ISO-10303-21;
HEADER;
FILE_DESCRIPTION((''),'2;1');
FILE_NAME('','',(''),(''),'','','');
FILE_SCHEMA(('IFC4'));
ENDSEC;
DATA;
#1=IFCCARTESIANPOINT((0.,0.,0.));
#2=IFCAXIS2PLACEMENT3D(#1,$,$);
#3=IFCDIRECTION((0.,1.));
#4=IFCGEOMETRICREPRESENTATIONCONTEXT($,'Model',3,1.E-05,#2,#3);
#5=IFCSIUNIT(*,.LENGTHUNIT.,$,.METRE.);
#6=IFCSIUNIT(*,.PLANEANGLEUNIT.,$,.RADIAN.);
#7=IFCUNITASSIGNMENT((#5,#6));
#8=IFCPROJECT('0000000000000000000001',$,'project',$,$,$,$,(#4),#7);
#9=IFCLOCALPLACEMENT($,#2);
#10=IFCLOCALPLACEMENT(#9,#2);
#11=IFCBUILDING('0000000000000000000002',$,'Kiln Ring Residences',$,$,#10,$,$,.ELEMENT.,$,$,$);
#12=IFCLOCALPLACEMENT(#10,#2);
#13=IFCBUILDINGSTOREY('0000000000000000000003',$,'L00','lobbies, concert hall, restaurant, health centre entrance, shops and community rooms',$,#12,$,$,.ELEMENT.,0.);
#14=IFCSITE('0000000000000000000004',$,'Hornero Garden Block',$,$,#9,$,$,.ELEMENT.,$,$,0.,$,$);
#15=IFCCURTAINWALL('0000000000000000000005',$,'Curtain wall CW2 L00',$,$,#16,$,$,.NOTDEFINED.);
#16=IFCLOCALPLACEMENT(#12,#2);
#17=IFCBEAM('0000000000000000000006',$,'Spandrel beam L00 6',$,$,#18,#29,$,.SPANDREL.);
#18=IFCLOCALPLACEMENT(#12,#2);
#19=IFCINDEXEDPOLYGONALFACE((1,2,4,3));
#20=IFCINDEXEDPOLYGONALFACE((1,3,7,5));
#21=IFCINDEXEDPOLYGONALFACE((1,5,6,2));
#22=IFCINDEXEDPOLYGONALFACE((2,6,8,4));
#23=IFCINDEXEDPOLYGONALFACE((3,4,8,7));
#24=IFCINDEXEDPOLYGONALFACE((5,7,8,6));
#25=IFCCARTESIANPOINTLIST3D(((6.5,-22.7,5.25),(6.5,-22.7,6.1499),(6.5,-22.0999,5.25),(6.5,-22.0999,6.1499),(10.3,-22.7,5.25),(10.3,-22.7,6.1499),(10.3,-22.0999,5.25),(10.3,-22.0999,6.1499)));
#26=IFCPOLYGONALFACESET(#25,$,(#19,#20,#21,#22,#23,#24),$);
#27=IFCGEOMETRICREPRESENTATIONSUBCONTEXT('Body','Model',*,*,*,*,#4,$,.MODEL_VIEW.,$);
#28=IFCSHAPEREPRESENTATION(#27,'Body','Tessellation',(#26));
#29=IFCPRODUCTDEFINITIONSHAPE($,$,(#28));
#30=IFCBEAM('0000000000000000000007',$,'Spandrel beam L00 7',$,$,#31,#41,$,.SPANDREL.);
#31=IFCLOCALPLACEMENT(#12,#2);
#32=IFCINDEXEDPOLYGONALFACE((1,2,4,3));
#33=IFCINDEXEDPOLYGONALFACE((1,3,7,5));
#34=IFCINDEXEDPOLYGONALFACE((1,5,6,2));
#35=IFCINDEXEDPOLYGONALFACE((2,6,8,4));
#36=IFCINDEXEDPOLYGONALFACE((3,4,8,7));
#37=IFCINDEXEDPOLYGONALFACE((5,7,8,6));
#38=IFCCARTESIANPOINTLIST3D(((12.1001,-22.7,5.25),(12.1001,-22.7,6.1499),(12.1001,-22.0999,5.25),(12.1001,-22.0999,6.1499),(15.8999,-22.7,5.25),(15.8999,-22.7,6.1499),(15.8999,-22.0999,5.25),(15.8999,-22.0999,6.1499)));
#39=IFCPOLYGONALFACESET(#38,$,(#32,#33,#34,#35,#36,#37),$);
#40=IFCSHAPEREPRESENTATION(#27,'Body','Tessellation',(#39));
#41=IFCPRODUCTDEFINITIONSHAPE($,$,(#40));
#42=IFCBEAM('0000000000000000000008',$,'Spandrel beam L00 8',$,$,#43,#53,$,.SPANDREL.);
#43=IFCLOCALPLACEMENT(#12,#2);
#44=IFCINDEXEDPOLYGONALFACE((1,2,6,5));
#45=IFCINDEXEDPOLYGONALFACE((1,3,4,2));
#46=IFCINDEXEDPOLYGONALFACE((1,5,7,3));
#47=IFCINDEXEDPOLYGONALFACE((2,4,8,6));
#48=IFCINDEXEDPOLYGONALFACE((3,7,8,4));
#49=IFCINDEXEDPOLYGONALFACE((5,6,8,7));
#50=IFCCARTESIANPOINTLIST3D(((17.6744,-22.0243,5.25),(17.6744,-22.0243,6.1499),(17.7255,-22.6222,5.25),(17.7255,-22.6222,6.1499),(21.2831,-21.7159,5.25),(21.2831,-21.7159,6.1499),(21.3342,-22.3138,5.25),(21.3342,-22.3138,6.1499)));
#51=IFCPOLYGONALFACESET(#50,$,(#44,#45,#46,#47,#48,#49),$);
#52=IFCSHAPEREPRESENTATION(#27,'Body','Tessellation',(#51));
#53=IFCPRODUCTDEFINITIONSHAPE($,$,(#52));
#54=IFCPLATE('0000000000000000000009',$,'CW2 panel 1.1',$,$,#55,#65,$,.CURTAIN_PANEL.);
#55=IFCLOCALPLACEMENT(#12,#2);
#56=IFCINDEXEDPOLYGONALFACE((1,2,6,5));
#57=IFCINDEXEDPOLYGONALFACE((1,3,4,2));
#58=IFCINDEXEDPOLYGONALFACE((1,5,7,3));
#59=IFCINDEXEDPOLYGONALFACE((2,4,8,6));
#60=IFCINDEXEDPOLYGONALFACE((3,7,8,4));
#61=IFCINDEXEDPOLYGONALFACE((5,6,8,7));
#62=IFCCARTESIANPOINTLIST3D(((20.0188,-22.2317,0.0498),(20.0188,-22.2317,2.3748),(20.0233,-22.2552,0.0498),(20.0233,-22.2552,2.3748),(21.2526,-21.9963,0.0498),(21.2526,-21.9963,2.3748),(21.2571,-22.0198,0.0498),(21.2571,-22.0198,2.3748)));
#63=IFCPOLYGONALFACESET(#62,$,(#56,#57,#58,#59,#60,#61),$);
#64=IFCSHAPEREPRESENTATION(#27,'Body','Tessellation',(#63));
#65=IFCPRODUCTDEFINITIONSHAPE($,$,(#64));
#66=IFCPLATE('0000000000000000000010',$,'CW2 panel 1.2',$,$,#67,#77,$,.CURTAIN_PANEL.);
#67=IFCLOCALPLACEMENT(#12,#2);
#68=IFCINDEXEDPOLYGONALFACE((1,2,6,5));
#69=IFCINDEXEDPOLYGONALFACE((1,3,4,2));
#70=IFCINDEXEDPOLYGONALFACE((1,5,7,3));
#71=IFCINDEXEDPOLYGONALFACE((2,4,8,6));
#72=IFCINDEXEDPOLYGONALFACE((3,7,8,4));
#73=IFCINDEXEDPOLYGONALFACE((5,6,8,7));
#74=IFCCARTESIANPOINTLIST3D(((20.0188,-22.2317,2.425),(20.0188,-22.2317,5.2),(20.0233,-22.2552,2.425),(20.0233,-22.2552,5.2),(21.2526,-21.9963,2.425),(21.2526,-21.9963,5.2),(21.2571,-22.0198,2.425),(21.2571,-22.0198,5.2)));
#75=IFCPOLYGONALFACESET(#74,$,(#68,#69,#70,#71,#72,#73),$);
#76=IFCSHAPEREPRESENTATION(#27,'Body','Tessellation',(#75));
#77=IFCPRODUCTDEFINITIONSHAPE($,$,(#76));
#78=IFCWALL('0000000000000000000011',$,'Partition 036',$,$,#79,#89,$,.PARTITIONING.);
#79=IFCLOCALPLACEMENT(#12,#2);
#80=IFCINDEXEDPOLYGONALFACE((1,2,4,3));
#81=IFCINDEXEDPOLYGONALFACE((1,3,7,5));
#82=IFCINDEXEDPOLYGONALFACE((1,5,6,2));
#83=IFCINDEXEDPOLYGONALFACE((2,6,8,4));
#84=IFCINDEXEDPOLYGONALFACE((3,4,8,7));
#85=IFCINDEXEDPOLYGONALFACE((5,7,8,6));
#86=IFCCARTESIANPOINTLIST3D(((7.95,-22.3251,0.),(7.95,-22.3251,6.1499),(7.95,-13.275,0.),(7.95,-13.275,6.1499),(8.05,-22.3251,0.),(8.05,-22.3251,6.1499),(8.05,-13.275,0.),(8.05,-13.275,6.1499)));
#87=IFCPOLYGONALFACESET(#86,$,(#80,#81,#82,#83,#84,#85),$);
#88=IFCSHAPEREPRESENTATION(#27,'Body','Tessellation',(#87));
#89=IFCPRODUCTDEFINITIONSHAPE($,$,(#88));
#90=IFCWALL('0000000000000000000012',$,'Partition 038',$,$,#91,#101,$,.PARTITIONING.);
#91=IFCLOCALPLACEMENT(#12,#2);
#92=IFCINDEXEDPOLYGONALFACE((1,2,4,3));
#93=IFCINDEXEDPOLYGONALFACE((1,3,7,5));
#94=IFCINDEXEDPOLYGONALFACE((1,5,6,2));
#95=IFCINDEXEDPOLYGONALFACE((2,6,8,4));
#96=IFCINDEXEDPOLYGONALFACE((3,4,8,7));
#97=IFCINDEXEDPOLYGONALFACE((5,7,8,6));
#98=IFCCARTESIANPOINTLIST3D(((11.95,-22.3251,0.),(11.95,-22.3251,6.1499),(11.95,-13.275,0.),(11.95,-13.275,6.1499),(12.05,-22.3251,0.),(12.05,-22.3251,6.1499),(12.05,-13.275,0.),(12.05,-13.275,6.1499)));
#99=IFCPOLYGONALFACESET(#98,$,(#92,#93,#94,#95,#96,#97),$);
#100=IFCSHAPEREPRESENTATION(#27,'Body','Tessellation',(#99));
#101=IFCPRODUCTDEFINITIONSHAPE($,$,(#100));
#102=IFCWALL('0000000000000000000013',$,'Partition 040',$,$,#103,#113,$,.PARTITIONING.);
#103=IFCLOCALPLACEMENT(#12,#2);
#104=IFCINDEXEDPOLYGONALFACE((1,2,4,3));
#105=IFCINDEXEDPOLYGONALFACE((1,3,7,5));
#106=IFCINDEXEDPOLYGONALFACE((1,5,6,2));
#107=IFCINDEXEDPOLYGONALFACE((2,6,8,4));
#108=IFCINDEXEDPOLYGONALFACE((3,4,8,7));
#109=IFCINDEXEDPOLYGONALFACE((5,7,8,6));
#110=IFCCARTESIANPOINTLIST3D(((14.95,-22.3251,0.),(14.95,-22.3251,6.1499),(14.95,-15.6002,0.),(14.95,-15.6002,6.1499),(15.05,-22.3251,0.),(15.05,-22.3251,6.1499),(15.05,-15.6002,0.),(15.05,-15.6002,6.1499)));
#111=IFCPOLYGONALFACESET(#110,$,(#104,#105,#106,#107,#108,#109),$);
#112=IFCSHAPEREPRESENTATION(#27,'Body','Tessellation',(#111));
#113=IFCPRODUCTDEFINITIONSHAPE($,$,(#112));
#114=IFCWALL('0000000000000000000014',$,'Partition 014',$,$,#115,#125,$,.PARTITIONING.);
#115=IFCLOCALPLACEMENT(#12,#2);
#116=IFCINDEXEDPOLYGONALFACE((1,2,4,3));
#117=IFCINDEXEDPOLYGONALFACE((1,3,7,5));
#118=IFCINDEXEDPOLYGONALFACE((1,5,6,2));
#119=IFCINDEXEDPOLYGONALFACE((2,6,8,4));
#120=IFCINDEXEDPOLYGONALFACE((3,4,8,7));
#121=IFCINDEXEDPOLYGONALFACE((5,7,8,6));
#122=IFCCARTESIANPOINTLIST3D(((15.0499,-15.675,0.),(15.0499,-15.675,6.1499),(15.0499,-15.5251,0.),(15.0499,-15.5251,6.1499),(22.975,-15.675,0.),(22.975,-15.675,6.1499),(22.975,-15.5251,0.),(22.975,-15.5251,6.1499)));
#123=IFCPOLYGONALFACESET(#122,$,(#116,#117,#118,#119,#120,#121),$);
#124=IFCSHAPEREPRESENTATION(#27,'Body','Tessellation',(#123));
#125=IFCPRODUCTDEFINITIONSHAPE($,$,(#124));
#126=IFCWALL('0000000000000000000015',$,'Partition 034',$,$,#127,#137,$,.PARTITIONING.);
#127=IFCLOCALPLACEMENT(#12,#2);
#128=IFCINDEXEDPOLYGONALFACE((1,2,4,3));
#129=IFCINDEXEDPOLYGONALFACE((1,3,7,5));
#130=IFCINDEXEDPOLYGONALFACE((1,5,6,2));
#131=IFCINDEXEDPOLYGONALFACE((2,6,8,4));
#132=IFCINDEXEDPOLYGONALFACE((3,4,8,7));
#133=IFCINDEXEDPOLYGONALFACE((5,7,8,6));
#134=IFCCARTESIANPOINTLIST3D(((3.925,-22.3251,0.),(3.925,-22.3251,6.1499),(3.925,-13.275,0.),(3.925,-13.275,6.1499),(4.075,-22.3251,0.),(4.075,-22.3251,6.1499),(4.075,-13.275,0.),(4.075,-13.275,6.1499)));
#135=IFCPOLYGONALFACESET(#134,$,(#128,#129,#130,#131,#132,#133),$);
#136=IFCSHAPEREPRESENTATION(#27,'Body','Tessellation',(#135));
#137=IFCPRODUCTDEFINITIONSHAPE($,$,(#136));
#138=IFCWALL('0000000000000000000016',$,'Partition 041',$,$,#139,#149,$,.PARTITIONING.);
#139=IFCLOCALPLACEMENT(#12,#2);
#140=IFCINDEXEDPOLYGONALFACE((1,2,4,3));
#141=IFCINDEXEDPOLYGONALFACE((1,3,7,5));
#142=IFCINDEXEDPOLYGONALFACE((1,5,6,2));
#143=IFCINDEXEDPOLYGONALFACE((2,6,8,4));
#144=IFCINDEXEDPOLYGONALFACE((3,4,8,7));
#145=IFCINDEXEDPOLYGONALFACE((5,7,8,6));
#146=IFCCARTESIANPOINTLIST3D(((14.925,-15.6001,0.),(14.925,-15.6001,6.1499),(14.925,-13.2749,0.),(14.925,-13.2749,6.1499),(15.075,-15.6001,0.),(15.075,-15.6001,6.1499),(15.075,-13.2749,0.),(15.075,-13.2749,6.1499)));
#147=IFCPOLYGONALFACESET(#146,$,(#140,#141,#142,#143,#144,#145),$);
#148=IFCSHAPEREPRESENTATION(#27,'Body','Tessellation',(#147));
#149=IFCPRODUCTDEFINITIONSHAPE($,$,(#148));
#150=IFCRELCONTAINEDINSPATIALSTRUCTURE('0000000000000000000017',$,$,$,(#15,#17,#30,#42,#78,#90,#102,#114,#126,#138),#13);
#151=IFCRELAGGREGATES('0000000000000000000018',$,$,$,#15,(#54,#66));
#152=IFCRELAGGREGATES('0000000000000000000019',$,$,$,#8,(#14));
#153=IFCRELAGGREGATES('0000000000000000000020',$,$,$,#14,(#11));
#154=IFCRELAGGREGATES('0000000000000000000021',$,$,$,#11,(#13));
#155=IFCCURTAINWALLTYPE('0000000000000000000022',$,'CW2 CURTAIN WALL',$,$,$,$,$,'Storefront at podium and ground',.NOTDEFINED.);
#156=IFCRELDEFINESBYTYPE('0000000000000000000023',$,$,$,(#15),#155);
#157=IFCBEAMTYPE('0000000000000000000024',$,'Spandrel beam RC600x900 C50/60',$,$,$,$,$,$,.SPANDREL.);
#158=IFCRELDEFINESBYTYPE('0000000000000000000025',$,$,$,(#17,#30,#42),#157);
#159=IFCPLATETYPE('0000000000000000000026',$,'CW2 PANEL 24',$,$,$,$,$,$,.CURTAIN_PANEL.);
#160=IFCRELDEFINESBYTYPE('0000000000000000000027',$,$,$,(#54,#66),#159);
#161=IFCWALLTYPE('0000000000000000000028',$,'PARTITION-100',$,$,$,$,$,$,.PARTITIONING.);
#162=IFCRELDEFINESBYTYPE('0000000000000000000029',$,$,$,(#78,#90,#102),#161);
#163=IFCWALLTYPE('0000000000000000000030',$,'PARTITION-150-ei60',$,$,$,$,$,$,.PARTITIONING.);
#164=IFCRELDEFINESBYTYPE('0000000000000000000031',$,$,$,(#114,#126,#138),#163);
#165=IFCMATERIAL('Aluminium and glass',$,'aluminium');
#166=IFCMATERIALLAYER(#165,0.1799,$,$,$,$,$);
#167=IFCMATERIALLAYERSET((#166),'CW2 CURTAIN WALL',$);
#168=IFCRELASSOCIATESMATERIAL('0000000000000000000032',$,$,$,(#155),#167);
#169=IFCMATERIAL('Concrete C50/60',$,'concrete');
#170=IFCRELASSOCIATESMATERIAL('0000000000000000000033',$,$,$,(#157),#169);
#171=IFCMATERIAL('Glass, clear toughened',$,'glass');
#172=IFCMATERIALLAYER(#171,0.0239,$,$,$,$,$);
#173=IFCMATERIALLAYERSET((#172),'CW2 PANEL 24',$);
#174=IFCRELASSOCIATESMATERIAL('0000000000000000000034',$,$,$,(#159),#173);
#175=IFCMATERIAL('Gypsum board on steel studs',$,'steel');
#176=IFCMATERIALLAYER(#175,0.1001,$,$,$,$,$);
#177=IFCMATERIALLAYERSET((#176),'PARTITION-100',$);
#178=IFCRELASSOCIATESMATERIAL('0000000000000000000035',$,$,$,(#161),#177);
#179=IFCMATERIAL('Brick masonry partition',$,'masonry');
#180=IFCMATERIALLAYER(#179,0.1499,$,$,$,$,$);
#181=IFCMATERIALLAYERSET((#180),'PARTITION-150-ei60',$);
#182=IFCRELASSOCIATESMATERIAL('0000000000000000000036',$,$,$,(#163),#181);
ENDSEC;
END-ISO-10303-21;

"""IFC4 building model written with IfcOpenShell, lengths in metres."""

from ifc_helpers import new_model, si_unit, direction, frame, frame_2d, origin, origin_2d, place, context, subcontext, project, spatial, rectangle, extrude, material, layer, layer_set, material_profile, profile_set, type_object, element, aggregate, save


model = new_model("IFC4")

# Units and contexts
model_context = context("Model", 3, precision=1e-05, world=origin(), true_north=direction((0.0, 1.0)))
body_context = subcontext(model_context, "Body", "Model", "MODEL_VIEW")
ifc_project = project(units=[si_unit("LENGTHUNIT", "METRE"), si_unit("PLANEANGLEUNIT", "RADIAN")], contexts=[model_context])

# Site, building, storey
site_placement = place(None, origin())
site = spatial("IfcSite", under=ifc_project, at=site_placement, Name="Hornero Garden Block", CompositionType="ELEMENT", RefElevation=0.0)
building_placement = place(site_placement, origin())
building = spatial("IfcBuilding", under=site, at=building_placement, Name="Kiln Ring Residences", CompositionType="ELEMENT")
storey_placement = place(building_placement, origin())
storey = spatial("IfcBuildingStorey", under=building, at=storey_placement, Name="L00", Description="lobbies, concert hall, restaurant, health centre entrance, shops and community rooms", CompositionType="ELEMENT", Elevation=0.0)

# Curtain wall
ifc_material_1 = material(Name="Aluminium and glass", Category="aluminium")
ifc_layer_1 = layer(ifc_material_1, 0.1799)
ifc_layer_set_1 = layer_set([ifc_layer_1], Name="CW2 CURTAIN WALL")
curtain_wall_type = type_object("IfcCurtainWallType", Name="CW2 CURTAIN WALL", ElementType="Storefront at podium and ground", PredefinedType="NOTDEFINED", material=ifc_layer_set_1)
placement = place(storey_placement, origin())
curtain_wall_1 = element("IfcCurtainWall", 1, at=placement, inside=storey, type_object=curtain_wall_type, Name="Curtain wall CW2 L00", PredefinedType="NOTDEFINED")

# Beams
ifc_material_2 = material(Name="Concrete C50/60", Category="concrete")
ifc_material_profile_1 = material_profile(ifc_material_2, rectangle(XDim=0.6001, YDim=0.8999, at=origin_2d()), Name="RC600x900")
ifc_profile_set_1 = profile_set([ifc_material_profile_1], Name="Concrete C50/60")
beam_type = type_object("IfcBeamType", Name="Spandrel beam RC600x900 C50/60", PredefinedType="SPANDREL", material=ifc_profile_set_1)
for number, where, z_axis, x_axis, name in (
    (2, (6.5, -22.3999, 5.7), (1.0, 0.0, 0.0), (0.0, 1.0, 0.0), "Spandrel beam L00 6"),
):
    element("IfcBeam", number, at=place(storey_placement, frame(where, z_axis=z_axis, x_axis=x_axis)), inside=storey, type_object=beam_type, Name=name, PredefinedType="SPANDREL", context=body_context, shape_type="SweptSolid", body=[
        extrude(rectangle(XDim=0.6001, YDim=0.8999, at=origin_2d()), origin(), (0.0, 0.0, 1.0), 3.8),
    ])
beam_1_placement = place(storey_placement, frame((12.1001, -22.3999, 5.7), z_axis=(1.0, 0.0, 0.0), x_axis=(0.0, 1.0, 0.0)))
element("IfcBeam", 3, at=beam_1_placement, inside=storey, type_object=beam_type, Name="Spandrel beam L00 7", PredefinedType="SPANDREL", context=body_context, shape_type="SweptSolid", body=[
    extrude(rectangle(XDim=0.6001, YDim=0.8999, at=origin_2d()), origin(), (0.0, 0.0, 1.0), 3.7998),
])
beam_2_placement = place(storey_placement, frame((17.7, -22.3232, 5.7), z_axis=(0.996369, 0.085137, 0.0), x_axis=(-0.085137, 0.996369, 0.0)))
element("IfcBeam", 4, at=beam_2_placement, inside=storey, type_object=beam_type, Name="Spandrel beam L00 8", PredefinedType="SPANDREL", context=body_context, shape_type="SweptSolid", body=[
    extrude(rectangle(XDim=0.6001, YDim=0.8999, at=origin_2d()), origin(), (0.0, 0.0, 1.0), 3.6218),
])

# Plates
ifc_material_3 = material(Name="Glass, clear toughened", Category="glass")
ifc_layer_2 = layer(ifc_material_3, 0.0239)
ifc_layer_set_2 = layer_set([ifc_layer_2], Name="CW2 PANEL 24")
plate_type = type_object("IfcPlateType", Name="CW2 PANEL 24", PredefinedType="CURTAIN_PANEL", material=ifc_layer_set_2)
plate_1_placement = place(storey_placement, frame((20.6379, -22.1257, 0.0498), z_axis=(0.0, 0.0, 1.0), x_axis=(0.98229, 0.187366, 0.0)))
plate_1 = element("IfcPlate", 5, at=plate_1_placement, type_object=plate_type, Name="CW2 panel 1.1", PredefinedType="CURTAIN_PANEL", context=body_context, shape_type="SweptSolid", body=[
    extrude(rectangle(XDim=1.2561, YDim=0.0239, at=origin_2d()), origin(), (0.0, 0.0, 1.0), 2.325),
])
plate_2_placement = place(storey_placement, frame((20.6379, -22.1257, 2.425), z_axis=(0.0, 0.0, 1.0), x_axis=(0.98229, 0.187366, 0.0)))
plate_2 = element("IfcPlate", 6, at=plate_2_placement, type_object=plate_type, Name="CW2 panel 1.2", PredefinedType="CURTAIN_PANEL", context=body_context, shape_type="SweptSolid", body=[
    extrude(rectangle(XDim=1.2561, YDim=0.0239, at=origin_2d()), origin(), (0.0, 0.0, 1.0), 2.7749),
])
aggregate(curtain_wall_1, [plate_1, plate_2])

# Walls
ifc_material_4 = material(Name="Gypsum board on steel studs", Category="steel")
ifc_layer_3 = layer(ifc_material_4, 0.1001)
ifc_layer_set_3 = layer_set([ifc_layer_3], Name="PARTITION-100")
wall_type_1 = type_object("IfcWallType", Name="PARTITION-100", PredefinedType="PARTITIONING", material=ifc_layer_set_3)
for number, where, z_axis, x_axis, name in (
    (7, (8.0, -22.325, 0.0), (0.0, 0.0, 1.0), (0.0, 1.0, 0.0), "Partition 036"),
    (8, (12.0, -22.325, 0.0), (0.0, 0.0, 1.0), (0.0, 1.0, 0.0), "Partition 038"),
):
    element("IfcWall", number, at=place(storey_placement, frame(where, z_axis=z_axis, x_axis=x_axis)), inside=storey, type_object=wall_type_1, Name=name, PredefinedType="PARTITIONING", context=body_context, shape_type="SweptSolid", body=[
        extrude(rectangle(XDim=9.05, YDim=0.1001, at=frame_2d((4.5249, 0.0))), origin(), (0.0, 0.0, 1.0), 6.1499),
    ])
wall_1_placement = place(storey_placement, frame((15.0, -22.325, 0.0), z_axis=(0.0, 0.0, 1.0), x_axis=(0.0, 1.0, 0.0)))
element("IfcWall", 9, at=wall_1_placement, inside=storey, type_object=wall_type_1, Name="Partition 040", PredefinedType="PARTITIONING", context=body_context, shape_type="SweptSolid", body=[
    extrude(rectangle(XDim=6.7249, YDim=0.1001, at=frame_2d((3.3623, 0.0))), origin(), (0.0, 0.0, 1.0), 6.1499),
])
ifc_material_5 = material(Name="Brick masonry partition", Category="masonry")
ifc_layer_4 = layer(ifc_material_5, 0.1499)
ifc_layer_set_4 = layer_set([ifc_layer_4], Name="PARTITION-150-ei60")
wall_type_2 = type_object("IfcWallType", Name="PARTITION-150-ei60", PredefinedType="PARTITIONING", material=ifc_layer_set_4)
wall_2_placement = place(storey_placement, frame((15.05, -15.6001, 0.0), z_axis=(0.0, 0.0, 1.0), x_axis=(1.0, 0.0, 0.0)))
element("IfcWall", 10, at=wall_2_placement, inside=storey, type_object=wall_type_2, Name="Partition 014", PredefinedType="PARTITIONING", context=body_context, shape_type="SweptSolid", body=[
    extrude(rectangle(XDim=7.925, YDim=0.1499, at=frame_2d((3.9624, 0.0))), origin(), (0.0, 0.0, 1.0), 6.1499),
])
wall_3_placement = place(storey_placement, frame((4.0, -22.325, 0.0), z_axis=(0.0, 0.0, 1.0), x_axis=(0.0, 1.0, 0.0)))
element("IfcWall", 11, at=wall_3_placement, inside=storey, type_object=wall_type_2, Name="Partition 034", PredefinedType="PARTITIONING", context=body_context, shape_type="SweptSolid", body=[
    extrude(rectangle(XDim=9.05, YDim=0.1499, at=frame_2d((4.5249, 0.0))), origin(), (0.0, 0.0, 1.0), 6.1499),
])
wall_4_placement = place(storey_placement, frame((15.0, -15.6001, 0.0), z_axis=(0.0, 0.0, 1.0), x_axis=(0.0, 1.0, 0.0)))
element("IfcWall", 12, at=wall_4_placement, inside=storey, type_object=wall_type_2, Name="Partition 041", PredefinedType="PARTITIONING", context=body_context, shape_type="SweptSolid", body=[
    extrude(rectangle(XDim=2.3252, YDim=0.1499, at=frame_2d((1.1626, 0.0))), origin(), (0.0, 0.0, 1.0), 6.1499),
])

save(model, "model.ifc")
